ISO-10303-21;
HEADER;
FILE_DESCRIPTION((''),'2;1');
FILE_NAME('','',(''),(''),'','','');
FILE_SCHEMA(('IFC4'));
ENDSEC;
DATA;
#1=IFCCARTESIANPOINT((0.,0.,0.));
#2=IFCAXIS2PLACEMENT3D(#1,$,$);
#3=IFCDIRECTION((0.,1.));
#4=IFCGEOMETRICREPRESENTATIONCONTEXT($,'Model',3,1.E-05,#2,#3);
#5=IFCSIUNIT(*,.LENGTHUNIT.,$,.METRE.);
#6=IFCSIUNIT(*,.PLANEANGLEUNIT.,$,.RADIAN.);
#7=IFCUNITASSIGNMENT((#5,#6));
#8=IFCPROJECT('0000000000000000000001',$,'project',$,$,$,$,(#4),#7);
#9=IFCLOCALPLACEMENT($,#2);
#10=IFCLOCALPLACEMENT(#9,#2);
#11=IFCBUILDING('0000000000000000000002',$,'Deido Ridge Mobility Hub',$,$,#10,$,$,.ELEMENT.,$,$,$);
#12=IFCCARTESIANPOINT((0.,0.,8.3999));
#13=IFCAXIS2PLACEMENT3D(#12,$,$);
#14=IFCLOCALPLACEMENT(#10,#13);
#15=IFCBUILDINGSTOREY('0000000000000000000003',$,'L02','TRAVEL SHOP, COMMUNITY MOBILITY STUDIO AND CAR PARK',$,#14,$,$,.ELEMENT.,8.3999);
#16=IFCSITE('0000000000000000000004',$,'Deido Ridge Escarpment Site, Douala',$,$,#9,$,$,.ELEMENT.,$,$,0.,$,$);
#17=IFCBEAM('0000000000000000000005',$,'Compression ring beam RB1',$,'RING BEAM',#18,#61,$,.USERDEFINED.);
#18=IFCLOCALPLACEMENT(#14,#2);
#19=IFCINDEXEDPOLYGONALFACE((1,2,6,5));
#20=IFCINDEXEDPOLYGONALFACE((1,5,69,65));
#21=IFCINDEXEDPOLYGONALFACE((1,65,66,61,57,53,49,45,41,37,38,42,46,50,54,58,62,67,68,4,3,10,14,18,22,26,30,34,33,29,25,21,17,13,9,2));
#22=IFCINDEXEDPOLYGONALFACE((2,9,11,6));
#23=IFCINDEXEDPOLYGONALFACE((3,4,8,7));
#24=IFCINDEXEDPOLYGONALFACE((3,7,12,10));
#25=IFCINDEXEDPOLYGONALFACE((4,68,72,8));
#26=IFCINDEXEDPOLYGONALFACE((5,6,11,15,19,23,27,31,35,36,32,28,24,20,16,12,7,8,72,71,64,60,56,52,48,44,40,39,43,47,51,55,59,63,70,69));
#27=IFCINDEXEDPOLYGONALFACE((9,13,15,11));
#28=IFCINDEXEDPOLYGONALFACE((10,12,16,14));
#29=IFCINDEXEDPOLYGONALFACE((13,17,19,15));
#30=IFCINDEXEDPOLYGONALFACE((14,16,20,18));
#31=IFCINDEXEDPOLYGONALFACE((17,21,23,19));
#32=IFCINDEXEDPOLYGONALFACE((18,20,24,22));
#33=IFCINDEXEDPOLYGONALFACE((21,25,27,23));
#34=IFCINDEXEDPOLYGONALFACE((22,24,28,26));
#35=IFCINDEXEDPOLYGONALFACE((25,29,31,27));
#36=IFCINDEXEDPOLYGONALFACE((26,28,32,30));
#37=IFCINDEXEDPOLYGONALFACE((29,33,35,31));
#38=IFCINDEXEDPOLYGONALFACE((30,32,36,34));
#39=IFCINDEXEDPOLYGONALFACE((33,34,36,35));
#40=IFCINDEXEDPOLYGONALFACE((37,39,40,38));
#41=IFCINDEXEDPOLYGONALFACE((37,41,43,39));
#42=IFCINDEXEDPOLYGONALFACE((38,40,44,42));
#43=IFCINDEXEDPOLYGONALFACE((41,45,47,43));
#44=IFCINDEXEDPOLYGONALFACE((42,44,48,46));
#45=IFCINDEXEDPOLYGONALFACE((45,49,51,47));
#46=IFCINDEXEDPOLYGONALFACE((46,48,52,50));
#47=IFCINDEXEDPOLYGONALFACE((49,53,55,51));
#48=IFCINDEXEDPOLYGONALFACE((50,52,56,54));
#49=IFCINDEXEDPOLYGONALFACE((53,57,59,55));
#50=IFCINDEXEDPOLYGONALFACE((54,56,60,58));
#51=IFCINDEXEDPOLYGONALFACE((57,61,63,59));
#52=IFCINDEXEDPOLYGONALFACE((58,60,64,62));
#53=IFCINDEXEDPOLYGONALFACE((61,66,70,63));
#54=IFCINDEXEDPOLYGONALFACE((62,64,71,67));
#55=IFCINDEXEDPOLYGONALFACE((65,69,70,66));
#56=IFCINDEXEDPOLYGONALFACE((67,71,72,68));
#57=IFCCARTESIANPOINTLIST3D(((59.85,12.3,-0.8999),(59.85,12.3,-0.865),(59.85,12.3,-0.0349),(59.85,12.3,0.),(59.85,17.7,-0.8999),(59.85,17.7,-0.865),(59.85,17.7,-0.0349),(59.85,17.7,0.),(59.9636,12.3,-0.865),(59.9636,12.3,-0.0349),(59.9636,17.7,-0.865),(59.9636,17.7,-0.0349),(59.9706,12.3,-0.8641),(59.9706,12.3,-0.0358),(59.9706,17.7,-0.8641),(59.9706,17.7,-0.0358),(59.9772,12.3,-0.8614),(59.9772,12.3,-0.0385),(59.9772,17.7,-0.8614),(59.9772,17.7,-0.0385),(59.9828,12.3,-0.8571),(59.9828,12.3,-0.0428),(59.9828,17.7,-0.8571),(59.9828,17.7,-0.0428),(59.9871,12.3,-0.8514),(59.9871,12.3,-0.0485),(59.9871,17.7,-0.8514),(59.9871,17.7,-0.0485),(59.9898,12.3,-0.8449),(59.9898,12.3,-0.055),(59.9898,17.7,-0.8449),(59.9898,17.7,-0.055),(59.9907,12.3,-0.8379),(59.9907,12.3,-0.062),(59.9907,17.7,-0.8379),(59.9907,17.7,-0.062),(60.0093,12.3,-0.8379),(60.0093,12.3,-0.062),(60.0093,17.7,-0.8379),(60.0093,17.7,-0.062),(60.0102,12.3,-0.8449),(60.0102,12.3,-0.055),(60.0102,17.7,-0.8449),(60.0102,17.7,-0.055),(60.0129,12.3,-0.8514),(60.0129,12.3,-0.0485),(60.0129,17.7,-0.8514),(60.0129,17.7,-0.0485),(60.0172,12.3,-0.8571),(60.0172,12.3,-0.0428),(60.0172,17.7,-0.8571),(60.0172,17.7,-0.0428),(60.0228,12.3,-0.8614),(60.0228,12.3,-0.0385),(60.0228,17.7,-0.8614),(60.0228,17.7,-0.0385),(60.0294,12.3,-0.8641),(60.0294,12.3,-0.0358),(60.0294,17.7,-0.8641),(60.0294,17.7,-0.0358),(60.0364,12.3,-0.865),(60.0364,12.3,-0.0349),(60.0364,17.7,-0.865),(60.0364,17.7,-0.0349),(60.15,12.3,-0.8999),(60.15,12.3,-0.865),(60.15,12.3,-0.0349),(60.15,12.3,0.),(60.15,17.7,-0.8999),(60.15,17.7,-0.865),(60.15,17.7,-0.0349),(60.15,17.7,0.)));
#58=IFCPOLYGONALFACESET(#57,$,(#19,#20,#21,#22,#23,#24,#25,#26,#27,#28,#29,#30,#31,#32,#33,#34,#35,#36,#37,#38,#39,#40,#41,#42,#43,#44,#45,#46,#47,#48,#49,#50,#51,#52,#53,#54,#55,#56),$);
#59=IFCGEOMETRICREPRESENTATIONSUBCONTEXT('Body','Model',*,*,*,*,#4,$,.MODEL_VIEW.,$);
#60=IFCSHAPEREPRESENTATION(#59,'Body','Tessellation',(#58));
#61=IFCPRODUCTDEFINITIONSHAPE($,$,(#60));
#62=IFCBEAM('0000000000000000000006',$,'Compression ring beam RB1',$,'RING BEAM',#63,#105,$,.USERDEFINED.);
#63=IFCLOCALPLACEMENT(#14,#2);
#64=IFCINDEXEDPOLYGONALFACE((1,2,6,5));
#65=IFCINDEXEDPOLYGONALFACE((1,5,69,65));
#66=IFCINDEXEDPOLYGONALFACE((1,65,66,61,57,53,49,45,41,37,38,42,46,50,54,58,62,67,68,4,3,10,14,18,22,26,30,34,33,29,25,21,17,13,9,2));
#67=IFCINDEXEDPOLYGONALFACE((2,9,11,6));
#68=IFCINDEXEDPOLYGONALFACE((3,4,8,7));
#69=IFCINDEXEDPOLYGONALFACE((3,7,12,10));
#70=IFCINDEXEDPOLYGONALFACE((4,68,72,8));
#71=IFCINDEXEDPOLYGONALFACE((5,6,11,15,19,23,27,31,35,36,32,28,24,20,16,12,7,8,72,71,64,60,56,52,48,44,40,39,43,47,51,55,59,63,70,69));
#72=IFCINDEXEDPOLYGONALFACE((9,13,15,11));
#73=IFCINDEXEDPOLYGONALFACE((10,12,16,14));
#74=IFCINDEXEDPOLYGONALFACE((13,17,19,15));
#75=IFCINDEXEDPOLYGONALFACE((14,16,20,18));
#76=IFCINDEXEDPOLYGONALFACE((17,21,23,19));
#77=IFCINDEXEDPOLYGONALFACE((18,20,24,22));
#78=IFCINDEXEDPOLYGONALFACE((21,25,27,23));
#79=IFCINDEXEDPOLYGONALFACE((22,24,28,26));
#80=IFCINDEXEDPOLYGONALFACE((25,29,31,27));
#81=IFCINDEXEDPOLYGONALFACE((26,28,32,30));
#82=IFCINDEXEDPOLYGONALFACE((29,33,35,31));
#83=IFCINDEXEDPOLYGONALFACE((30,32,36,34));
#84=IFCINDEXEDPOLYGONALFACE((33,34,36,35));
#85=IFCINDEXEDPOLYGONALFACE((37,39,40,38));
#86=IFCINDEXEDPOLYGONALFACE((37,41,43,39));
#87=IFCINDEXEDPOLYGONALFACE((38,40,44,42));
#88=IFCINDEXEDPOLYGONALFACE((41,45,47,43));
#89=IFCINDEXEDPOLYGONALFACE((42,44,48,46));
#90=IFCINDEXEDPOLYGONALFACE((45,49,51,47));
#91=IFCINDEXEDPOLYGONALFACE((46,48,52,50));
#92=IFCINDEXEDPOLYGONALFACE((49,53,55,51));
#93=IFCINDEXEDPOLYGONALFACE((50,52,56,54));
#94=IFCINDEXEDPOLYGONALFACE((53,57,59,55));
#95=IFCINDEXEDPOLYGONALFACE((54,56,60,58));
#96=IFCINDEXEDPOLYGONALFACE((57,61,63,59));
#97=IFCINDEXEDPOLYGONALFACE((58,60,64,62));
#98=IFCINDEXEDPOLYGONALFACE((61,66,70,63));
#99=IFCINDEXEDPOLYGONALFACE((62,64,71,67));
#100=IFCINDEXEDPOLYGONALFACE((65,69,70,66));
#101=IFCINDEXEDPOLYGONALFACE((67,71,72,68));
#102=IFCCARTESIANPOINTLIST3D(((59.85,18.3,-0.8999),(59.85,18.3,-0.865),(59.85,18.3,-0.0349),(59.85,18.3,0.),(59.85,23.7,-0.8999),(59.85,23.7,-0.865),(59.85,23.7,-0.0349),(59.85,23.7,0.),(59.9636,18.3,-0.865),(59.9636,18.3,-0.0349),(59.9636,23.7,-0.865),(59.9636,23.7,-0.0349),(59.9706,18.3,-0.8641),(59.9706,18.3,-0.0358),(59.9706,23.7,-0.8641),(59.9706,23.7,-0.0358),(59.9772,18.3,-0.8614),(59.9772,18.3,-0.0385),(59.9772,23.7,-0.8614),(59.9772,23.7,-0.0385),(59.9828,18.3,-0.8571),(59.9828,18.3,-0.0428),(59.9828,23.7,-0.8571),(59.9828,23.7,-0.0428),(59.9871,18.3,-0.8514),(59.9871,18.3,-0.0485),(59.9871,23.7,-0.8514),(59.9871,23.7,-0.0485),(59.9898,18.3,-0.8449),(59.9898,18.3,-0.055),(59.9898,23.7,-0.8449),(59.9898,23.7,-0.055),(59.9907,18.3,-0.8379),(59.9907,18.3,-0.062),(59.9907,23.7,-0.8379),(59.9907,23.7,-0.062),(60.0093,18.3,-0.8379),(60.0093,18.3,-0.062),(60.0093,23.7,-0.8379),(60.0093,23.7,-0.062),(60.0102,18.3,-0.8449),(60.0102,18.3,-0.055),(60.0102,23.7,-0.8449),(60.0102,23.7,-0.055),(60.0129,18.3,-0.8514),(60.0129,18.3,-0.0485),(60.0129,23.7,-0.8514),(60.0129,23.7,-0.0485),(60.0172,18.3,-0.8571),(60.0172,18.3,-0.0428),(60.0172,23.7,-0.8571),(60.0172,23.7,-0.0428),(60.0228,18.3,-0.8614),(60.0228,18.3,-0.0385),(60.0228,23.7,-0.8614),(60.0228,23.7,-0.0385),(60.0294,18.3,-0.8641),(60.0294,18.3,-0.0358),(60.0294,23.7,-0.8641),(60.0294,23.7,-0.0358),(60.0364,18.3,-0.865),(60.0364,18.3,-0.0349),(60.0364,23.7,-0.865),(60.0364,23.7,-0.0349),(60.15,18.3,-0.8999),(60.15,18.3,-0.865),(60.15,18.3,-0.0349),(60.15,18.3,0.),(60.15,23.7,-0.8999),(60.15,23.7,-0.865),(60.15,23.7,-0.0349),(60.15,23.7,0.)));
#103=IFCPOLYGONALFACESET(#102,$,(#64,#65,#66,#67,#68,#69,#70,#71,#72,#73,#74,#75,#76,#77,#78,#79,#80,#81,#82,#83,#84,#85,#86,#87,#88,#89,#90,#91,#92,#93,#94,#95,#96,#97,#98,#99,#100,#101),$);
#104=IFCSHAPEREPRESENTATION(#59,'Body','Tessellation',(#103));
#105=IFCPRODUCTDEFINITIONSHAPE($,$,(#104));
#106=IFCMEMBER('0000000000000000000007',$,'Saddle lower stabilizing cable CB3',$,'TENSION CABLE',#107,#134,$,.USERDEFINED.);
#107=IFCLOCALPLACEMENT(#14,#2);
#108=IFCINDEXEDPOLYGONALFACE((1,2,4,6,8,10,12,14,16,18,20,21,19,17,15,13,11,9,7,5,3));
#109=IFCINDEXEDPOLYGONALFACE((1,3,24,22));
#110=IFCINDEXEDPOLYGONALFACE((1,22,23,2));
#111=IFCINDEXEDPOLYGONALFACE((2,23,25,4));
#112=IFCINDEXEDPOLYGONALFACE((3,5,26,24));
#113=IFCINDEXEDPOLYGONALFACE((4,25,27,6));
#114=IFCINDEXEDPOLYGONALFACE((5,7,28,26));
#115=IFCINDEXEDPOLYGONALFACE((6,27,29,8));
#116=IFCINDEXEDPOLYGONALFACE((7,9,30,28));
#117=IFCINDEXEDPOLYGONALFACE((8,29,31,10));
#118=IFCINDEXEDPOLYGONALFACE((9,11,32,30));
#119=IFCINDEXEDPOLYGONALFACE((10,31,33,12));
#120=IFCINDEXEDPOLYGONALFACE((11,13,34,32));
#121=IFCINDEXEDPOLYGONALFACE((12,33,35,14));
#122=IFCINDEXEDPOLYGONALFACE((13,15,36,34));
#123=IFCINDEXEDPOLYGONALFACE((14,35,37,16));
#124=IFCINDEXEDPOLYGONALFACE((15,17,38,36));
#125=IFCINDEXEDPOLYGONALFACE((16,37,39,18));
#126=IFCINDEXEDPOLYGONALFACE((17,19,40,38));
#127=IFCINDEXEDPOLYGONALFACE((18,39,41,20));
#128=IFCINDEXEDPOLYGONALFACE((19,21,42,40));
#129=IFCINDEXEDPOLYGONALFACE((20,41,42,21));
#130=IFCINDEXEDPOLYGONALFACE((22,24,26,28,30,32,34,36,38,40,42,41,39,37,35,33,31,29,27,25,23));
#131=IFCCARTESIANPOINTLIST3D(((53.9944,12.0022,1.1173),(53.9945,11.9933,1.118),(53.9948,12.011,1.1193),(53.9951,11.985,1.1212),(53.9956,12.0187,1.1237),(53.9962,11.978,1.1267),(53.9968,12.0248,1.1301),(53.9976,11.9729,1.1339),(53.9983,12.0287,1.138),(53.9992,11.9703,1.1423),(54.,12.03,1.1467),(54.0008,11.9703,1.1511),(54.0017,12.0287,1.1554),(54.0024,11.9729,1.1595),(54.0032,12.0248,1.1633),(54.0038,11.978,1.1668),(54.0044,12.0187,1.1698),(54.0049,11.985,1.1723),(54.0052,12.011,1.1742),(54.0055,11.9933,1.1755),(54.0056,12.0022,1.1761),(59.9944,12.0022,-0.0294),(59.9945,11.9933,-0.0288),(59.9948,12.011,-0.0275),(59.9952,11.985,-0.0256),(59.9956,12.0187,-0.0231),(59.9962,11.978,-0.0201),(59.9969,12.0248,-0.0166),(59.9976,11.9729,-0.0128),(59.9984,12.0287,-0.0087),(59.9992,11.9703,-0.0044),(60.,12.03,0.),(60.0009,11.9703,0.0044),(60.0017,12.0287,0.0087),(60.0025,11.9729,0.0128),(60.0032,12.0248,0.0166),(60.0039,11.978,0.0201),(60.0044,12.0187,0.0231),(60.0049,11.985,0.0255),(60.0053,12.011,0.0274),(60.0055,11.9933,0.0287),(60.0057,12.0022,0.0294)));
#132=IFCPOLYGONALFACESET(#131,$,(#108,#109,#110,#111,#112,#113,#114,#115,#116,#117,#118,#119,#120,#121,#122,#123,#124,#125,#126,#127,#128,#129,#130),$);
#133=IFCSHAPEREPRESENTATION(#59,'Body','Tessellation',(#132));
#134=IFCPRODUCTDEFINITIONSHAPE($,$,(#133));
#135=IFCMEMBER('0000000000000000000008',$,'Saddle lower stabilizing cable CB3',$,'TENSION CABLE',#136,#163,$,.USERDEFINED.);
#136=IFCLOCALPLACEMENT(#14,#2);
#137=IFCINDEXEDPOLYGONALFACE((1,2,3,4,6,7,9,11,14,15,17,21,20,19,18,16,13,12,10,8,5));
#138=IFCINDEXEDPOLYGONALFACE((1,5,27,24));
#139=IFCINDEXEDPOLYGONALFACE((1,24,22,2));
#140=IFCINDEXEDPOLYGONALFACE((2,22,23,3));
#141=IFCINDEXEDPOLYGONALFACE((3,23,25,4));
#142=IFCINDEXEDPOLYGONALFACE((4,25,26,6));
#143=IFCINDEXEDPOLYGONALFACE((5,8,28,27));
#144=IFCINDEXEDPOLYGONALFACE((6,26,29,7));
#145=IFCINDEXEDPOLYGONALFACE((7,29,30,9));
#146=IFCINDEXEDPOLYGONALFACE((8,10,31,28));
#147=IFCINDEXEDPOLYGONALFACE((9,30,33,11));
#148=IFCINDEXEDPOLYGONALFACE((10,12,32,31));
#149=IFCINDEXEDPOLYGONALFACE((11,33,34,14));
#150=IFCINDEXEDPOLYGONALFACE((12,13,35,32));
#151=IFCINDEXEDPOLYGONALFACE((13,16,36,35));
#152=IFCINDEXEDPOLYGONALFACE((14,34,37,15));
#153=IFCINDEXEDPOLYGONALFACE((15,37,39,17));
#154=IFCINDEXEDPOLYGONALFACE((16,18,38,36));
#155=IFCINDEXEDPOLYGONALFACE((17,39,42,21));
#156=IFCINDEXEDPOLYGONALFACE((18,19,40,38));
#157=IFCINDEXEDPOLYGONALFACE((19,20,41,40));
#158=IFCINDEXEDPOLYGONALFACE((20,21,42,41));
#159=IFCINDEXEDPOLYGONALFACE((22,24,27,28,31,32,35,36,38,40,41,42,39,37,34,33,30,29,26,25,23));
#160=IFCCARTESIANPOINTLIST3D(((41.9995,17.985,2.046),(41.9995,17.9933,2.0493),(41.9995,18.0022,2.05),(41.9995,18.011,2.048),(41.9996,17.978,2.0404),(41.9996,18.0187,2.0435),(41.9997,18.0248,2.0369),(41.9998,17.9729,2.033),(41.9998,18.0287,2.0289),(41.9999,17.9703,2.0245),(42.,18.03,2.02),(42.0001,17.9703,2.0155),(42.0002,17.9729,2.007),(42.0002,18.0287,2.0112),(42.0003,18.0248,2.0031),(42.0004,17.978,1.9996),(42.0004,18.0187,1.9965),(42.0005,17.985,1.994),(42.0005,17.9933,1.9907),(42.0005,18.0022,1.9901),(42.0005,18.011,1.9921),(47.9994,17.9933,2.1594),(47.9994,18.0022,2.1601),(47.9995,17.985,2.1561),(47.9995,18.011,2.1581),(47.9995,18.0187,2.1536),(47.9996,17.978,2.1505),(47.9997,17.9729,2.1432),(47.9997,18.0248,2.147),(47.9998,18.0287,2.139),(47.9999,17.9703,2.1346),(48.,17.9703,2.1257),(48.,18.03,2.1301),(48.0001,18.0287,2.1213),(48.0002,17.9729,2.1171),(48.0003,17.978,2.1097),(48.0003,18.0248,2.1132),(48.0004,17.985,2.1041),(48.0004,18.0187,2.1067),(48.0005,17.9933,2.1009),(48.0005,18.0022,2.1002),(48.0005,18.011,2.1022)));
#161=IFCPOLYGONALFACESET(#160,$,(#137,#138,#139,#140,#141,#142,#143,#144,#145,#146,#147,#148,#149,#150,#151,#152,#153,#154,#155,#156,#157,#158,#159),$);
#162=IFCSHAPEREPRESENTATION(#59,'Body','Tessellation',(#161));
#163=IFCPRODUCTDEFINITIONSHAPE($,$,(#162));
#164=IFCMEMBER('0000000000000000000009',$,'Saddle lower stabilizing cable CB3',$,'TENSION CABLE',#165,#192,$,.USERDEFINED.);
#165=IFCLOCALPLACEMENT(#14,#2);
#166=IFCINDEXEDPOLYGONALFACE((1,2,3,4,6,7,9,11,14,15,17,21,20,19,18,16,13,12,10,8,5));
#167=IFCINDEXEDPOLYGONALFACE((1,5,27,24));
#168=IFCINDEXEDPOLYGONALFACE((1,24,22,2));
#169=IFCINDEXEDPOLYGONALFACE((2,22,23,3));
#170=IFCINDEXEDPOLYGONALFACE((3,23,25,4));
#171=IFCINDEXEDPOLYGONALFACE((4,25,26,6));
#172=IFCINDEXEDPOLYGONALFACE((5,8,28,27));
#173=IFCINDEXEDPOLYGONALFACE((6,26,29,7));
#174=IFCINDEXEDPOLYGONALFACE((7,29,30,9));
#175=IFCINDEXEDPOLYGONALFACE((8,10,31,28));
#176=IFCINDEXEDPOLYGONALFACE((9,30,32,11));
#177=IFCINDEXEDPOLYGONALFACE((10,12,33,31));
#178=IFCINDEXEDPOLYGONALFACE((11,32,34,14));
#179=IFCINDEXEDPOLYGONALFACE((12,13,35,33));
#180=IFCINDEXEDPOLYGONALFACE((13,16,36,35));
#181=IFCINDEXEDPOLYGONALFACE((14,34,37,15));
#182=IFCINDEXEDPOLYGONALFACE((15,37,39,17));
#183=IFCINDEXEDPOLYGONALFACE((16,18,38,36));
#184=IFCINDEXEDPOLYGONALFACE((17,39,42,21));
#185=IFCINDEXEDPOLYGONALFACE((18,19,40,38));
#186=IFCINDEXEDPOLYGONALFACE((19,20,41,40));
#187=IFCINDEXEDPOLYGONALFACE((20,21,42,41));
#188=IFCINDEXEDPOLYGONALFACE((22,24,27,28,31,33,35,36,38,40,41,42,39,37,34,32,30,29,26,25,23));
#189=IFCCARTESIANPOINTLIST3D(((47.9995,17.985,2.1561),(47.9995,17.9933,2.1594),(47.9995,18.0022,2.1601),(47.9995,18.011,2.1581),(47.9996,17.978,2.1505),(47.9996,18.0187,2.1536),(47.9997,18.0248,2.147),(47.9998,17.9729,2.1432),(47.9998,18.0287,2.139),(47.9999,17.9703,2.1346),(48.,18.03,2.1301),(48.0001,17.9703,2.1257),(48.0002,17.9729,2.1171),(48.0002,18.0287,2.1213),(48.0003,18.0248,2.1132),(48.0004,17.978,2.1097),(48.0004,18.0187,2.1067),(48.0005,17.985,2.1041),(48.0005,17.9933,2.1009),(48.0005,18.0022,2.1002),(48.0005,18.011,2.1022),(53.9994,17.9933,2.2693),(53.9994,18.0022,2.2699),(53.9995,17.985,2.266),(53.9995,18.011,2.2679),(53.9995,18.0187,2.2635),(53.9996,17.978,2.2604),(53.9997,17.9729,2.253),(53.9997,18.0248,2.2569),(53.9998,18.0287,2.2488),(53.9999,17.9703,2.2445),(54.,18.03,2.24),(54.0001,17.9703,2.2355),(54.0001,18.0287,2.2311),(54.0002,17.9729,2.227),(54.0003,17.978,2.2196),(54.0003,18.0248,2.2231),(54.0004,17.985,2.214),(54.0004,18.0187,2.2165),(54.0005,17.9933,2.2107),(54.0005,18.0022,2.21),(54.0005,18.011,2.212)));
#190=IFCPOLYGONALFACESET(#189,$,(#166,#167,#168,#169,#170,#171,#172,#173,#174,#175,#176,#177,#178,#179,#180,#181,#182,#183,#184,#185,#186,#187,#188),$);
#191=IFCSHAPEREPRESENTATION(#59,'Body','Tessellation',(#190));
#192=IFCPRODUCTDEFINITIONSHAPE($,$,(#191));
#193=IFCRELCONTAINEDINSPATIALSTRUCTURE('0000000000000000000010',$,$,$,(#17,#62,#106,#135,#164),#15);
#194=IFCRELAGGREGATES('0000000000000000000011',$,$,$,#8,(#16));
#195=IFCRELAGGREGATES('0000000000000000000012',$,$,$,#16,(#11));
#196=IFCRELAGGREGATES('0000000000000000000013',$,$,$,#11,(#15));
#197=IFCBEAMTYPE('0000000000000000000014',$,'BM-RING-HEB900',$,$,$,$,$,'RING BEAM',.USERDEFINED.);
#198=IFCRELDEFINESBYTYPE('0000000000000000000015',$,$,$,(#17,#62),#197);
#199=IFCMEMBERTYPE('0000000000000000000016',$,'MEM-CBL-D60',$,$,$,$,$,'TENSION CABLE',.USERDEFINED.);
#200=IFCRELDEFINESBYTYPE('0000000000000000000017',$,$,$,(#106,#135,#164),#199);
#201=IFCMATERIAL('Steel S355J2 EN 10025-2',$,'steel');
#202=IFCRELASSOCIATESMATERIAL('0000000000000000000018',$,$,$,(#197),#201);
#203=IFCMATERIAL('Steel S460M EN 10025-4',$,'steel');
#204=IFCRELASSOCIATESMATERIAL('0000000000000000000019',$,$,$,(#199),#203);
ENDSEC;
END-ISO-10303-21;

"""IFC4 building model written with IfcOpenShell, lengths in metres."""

from ifc_helpers import new_model, si_unit, direction, frame, origin, origin_2d, place, context, subcontext, project, spatial, circle, i_section, extrude, material, material_profile, profile_set, type_object, element, save


model = new_model("IFC4")

# Units and contexts
model_context = context("Model", 3, precision=1e-05, world=origin(), true_north=direction((0.0, 1.0)))
body_context = subcontext(model_context, "Body", "Model", "MODEL_VIEW")
ifc_project = project(units=[si_unit("LENGTHUNIT", "METRE"), si_unit("PLANEANGLEUNIT", "RADIAN")], contexts=[model_context])

# Site, building, storey
site_placement = place(None, origin())
site = spatial("IfcSite", under=ifc_project, at=site_placement, Name="Deido Ridge Escarpment Site, Douala", CompositionType="ELEMENT", RefElevation=0.0)
building_placement = place(site_placement, origin())
building = spatial("IfcBuilding", under=site, at=building_placement, Name="Deido Ridge Mobility Hub", CompositionType="ELEMENT")
storey_placement = place(building_placement, frame((0.0, 0.0, 8.3999)))
storey = spatial("IfcBuildingStorey", under=building, at=storey_placement, Name="L02", Description="TRAVEL SHOP, COMMUNITY MOBILITY STUDIO AND CAR PARK", CompositionType="ELEMENT", Elevation=8.3999)

# Beams
ifc_material_1 = material(Name="Steel S355J2 EN 10025-2", Category="steel")
ifc_material_profile_1 = material_profile(ifc_material_1, i_section(OverallWidth=0.3, OverallDepth=0.8999, WebThickness=0.0186, FlangeThickness=0.0349, FilletRadius=0.0271, at=origin_2d()), Name="HEB 900")
ifc_profile_set_1 = profile_set([ifc_material_profile_1], Name="Steel S355J2 EN 10025-2")
beam_type = type_object("IfcBeamType", Name="BM-RING-HEB900", ElementType="RING BEAM", PredefinedType="USERDEFINED", material=ifc_profile_set_1)
for number, where, z_axis, x_axis, name in (
    (1, (60.0, 12.3, -0.45), (0.0, 1.0, 0.0), (-1.0, 0.0, 0.0), "Compression ring beam RB1"),
    (2, (60.0, 18.3, -0.45), (0.0, 1.0, 0.0), (-1.0, 0.0, 0.0), "Compression ring beam RB1"),
):
    element("IfcBeam", number, at=place(storey_placement, frame(where, z_axis=z_axis, x_axis=x_axis)), inside=storey, type_object=beam_type, Name=name, ObjectType="RING BEAM", PredefinedType="USERDEFINED", context=body_context, shape_type="SweptSolid", body=[
        extrude(i_section(OverallWidth=0.3, OverallDepth=0.8999, WebThickness=0.0186, FlangeThickness=0.0349, FilletRadius=0.0271, at=origin_2d()), origin(), (0.0, 0.0, 1.0), 5.3999),
    ])

# Members
ifc_material_2 = material(Name="Steel S460M EN 10025-4", Category="steel")
ifc_material_profile_2 = material_profile(ifc_material_2, circle(Radius=0.03, at=origin_2d()), Name="CABLE D60")
ifc_profile_set_2 = profile_set([ifc_material_profile_2], Name="Steel S460M EN 10025-4")
member_type_1 = type_object("IfcMemberType", Name="MEM-CBL-D60", ElementType="TENSION CABLE", PredefinedType="USERDEFINED", material=ifc_profile_set_2)
member_1_placement = place(storey_placement, frame((54.0, 12.0, 1.1467), z_axis=(0.982222, 0.0, -0.187724), x_axis=(0.0, 1.0, 0.0)))
element("IfcMember", 3, at=member_1_placement, inside=storey, type_object=member_type_1, Name="Saddle lower stabilizing cable CB3", ObjectType="TENSION CABLE", PredefinedType="USERDEFINED", context=body_context, shape_type="SweptSolid", body=[
    extrude(circle(Radius=0.03, at=origin_2d()), origin(), (0.0, 0.0, 1.0), 6.1086),
])
for number, where, z_axis, x_axis, name in (
    (4, (42.0, 18.0, 2.02), (0.999832, 0.0, 0.018348), (0.0, 1.0, 0.0), "Saddle lower stabilizing cable CB3"),
    (5, (48.0, 18.0, 2.1301), (0.999832, 0.0, 0.018307), (0.0, 1.0, 0.0), "Saddle lower stabilizing cable CB3"),
):
    element("IfcMember", number, at=place(storey_placement, frame(where, z_axis=z_axis, x_axis=x_axis)), inside=storey, type_object=member_type_1, Name=name, ObjectType="TENSION CABLE", PredefinedType="USERDEFINED", context=body_context, shape_type="SweptSolid", body=[
        extrude(circle(Radius=0.03, at=origin_2d()), origin(), (0.0, 0.0, 1.0), 6.001),
    ])

save(model, "model.ifc")
